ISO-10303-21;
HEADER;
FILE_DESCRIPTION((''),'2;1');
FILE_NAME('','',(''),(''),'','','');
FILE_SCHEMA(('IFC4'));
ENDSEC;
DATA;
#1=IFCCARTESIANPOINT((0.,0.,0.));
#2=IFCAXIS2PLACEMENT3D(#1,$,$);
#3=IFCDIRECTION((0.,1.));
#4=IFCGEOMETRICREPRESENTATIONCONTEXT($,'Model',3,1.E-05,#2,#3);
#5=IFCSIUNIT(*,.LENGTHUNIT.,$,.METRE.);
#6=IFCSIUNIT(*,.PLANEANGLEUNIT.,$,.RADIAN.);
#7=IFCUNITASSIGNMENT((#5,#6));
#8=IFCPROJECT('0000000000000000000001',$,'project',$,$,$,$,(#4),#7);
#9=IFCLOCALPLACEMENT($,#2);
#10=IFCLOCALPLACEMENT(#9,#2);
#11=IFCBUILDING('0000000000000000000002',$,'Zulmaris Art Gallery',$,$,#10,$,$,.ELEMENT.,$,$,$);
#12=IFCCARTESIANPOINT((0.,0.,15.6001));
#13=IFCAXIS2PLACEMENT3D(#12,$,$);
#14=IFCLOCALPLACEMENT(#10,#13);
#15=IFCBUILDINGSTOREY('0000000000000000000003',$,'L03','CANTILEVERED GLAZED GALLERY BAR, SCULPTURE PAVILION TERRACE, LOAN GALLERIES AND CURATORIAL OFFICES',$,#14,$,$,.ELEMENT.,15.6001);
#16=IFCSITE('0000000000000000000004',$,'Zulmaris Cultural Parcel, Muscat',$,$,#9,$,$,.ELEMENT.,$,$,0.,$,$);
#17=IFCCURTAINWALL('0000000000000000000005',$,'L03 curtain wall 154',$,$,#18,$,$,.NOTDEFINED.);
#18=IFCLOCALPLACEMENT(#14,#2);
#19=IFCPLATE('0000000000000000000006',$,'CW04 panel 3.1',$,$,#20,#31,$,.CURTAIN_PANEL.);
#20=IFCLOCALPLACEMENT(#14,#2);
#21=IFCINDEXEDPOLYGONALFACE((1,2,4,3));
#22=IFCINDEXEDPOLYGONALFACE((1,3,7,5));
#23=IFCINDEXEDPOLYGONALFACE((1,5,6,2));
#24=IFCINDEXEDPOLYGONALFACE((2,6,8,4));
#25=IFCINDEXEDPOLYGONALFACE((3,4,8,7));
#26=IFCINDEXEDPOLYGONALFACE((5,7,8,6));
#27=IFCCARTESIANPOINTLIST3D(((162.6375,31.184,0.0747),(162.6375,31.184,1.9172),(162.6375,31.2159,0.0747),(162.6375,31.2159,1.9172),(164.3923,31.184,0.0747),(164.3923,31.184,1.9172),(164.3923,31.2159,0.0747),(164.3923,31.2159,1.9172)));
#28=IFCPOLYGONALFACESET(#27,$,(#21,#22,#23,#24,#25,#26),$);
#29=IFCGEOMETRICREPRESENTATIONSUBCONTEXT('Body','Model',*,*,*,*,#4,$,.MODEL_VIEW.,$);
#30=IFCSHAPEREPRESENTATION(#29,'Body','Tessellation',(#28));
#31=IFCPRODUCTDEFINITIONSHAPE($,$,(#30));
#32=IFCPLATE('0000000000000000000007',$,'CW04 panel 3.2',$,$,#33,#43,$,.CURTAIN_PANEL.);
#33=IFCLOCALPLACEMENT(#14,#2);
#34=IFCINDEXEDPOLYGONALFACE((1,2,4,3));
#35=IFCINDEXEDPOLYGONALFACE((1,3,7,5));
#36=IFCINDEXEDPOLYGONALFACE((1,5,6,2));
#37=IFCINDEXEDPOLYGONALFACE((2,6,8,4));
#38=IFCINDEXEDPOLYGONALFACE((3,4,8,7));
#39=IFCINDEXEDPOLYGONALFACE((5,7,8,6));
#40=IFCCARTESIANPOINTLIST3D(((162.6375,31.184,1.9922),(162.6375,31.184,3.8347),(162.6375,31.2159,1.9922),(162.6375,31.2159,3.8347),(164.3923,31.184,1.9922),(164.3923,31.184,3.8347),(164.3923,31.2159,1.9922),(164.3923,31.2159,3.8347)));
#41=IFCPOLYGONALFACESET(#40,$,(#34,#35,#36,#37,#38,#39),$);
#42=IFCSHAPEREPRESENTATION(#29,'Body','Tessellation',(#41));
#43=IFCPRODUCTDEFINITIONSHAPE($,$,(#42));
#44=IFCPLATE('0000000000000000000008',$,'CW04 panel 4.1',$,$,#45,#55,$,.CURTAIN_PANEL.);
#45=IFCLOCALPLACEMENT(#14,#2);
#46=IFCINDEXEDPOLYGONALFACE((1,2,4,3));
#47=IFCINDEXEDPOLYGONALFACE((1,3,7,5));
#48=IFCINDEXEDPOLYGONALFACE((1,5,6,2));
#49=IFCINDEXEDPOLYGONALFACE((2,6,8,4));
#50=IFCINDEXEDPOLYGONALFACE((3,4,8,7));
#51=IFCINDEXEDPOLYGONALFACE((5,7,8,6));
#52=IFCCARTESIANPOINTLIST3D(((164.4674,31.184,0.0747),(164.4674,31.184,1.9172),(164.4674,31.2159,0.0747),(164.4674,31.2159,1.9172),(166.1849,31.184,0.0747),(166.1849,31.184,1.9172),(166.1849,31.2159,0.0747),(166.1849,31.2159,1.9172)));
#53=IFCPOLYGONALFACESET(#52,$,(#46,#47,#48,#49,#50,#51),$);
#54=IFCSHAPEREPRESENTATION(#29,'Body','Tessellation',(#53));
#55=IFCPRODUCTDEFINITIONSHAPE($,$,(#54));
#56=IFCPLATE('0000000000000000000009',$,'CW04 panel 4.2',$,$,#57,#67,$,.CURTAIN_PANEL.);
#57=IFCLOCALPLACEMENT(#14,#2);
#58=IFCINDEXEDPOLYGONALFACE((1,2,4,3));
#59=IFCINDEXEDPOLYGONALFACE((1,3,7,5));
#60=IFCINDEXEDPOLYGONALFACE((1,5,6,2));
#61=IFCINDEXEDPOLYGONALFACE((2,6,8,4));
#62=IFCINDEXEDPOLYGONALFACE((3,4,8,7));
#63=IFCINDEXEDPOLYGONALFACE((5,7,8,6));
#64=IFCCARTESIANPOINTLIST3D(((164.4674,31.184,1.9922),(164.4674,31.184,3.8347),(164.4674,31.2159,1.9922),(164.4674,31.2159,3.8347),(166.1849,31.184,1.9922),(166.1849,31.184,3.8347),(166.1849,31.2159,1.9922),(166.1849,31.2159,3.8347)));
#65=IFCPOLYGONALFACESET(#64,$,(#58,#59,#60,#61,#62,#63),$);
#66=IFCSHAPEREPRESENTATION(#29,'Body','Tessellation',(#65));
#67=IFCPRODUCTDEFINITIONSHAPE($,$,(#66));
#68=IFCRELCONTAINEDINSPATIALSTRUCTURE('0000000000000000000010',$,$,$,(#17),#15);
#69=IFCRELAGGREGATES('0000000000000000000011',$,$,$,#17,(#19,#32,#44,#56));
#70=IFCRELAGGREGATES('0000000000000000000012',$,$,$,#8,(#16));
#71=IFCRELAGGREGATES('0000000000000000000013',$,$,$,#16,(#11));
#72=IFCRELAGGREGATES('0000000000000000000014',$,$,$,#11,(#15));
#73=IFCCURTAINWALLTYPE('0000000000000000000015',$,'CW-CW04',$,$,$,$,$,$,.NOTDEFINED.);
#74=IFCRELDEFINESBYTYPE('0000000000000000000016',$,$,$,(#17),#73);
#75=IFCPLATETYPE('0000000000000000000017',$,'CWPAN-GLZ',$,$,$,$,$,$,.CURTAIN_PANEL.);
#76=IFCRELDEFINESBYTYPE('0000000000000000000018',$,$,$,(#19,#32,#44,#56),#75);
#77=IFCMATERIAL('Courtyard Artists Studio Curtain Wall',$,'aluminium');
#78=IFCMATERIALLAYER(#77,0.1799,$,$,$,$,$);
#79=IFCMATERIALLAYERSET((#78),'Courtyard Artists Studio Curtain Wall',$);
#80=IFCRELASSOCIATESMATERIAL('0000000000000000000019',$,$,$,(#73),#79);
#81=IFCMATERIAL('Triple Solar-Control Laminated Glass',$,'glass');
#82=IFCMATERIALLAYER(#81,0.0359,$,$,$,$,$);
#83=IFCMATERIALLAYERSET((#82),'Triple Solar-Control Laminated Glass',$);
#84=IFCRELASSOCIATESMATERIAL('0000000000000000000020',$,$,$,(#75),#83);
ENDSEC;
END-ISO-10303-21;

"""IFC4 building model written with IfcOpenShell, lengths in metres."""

from ifc_helpers import new_model, si_unit, direction, frame, origin, origin_2d, place, context, subcontext, project, spatial, rectangle, extrude, material, layer, layer_set, type_object, element, aggregate, save


model = new_model("IFC4")

# Units and contexts
model_context = context("Model", 3, precision=1e-05, world=origin(), true_north=direction((0.0, 1.0)))
body_context = subcontext(model_context, "Body", "Model", "MODEL_VIEW")
ifc_project = project(units=[si_unit("LENGTHUNIT", "METRE"), si_unit("PLANEANGLEUNIT", "RADIAN")], contexts=[model_context])

# Site, building, storey
site_placement = place(None, origin())
site = spatial("IfcSite", under=ifc_project, at=site_placement, Name="Zulmaris Cultural Parcel, Muscat", CompositionType="ELEMENT", RefElevation=0.0)
building_placement = place(site_placement, origin())
building = spatial("IfcBuilding", under=site, at=building_placement, Name="Zulmaris Art Gallery", CompositionType="ELEMENT")
storey_placement = place(building_placement, frame((0.0, 0.0, 15.6001)))
storey = spatial("IfcBuildingStorey", under=building, at=storey_placement, Name="L03", Description="CANTILEVERED GLAZED GALLERY BAR, SCULPTURE PAVILION TERRACE, LOAN GALLERIES AND CURATORIAL OFFICES", CompositionType="ELEMENT", Elevation=15.6001)

# Curtain wall
ifc_material_1 = material(Name="Courtyard Artists Studio Curtain Wall", Category="aluminium")
ifc_layer_1 = layer(ifc_material_1, 0.1799)
ifc_layer_set_1 = layer_set([ifc_layer_1], Name="Courtyard Artists Studio Curtain Wall")
curtain_wall_type = type_object("IfcCurtainWallType", Name="CW-CW04", PredefinedType="NOTDEFINED", material=ifc_layer_set_1)
curtain_wall_1_placement = place(storey_placement, origin())
curtain_wall_1 = element("IfcCurtainWall", 1, at=curtain_wall_1_placement, inside=storey, type_object=curtain_wall_type, Name="L03 curtain wall 154", PredefinedType="NOTDEFINED")

# Plates
ifc_material_2 = material(Name="Triple Solar-Control Laminated Glass", Category="glass")
ifc_layer_2 = layer(ifc_material_2, 0.0359)
ifc_layer_set_2 = layer_set([ifc_layer_2], Name="Triple Solar-Control Laminated Glass")
plate_type = type_object("IfcPlateType", Name="CWPAN-GLZ", PredefinedType="CURTAIN_PANEL", material=ifc_layer_set_2)
plate_1_placement = place(storey_placement, frame((163.5149, 31.2, 0.0747), z_axis=(0.0, 0.0, 1.0), x_axis=(1.0, 0.0, 0.0)))
plate_1 = element("IfcPlate", 2, at=plate_1_placement, type_object=plate_type, Name="CW04 panel 3.1", PredefinedType="CURTAIN_PANEL", context=body_context, shape_type="SweptSolid", body=[
    extrude(rectangle(XDim=1.7549, YDim=0.032, at=origin_2d()), origin(), (0.0, 0.0, 1.0), 1.8425),
])
plate_2_placement = place(storey_placement, frame((163.5149, 31.2, 1.9922), z_axis=(0.0, 0.0, 1.0), x_axis=(1.0, 0.0, 0.0)))
plate_2 = element("IfcPlate", 3, at=plate_2_placement, type_object=plate_type, Name="CW04 panel 3.2", PredefinedType="CURTAIN_PANEL", context=body_context, shape_type="SweptSolid", body=[
    extrude(rectangle(XDim=1.7549, YDim=0.032, at=origin_2d()), origin(), (0.0, 0.0, 1.0), 1.8425),
])
plate_3_placement = place(storey_placement, frame((165.3262, 31.2, 0.0747), z_axis=(0.0, 0.0, 1.0), x_axis=(1.0, 0.0, 0.0)))
plate_3 = element("IfcPlate", 4, at=plate_3_placement, type_object=plate_type, Name="CW04 panel 4.1", PredefinedType="CURTAIN_PANEL", context=body_context, shape_type="SweptSolid", body=[
    extrude(rectangle(XDim=1.7175, YDim=0.032, at=origin_2d()), origin(), (0.0, 0.0, 1.0), 1.8425),
])
plate_4_placement = place(storey_placement, frame((165.3262, 31.2, 1.9922), z_axis=(0.0, 0.0, 1.0), x_axis=(1.0, 0.0, 0.0)))
plate_4 = element("IfcPlate", 5, at=plate_4_placement, type_object=plate_type, Name="CW04 panel 4.2", PredefinedType="CURTAIN_PANEL", context=body_context, shape_type="SweptSolid", body=[
    extrude(rectangle(XDim=1.7175, YDim=0.032, at=origin_2d()), origin(), (0.0, 0.0, 1.0), 1.8425),
])
aggregate(curtain_wall_1, [plate_1, plate_2, plate_3, plate_4])

save(model, "model.ifc")
